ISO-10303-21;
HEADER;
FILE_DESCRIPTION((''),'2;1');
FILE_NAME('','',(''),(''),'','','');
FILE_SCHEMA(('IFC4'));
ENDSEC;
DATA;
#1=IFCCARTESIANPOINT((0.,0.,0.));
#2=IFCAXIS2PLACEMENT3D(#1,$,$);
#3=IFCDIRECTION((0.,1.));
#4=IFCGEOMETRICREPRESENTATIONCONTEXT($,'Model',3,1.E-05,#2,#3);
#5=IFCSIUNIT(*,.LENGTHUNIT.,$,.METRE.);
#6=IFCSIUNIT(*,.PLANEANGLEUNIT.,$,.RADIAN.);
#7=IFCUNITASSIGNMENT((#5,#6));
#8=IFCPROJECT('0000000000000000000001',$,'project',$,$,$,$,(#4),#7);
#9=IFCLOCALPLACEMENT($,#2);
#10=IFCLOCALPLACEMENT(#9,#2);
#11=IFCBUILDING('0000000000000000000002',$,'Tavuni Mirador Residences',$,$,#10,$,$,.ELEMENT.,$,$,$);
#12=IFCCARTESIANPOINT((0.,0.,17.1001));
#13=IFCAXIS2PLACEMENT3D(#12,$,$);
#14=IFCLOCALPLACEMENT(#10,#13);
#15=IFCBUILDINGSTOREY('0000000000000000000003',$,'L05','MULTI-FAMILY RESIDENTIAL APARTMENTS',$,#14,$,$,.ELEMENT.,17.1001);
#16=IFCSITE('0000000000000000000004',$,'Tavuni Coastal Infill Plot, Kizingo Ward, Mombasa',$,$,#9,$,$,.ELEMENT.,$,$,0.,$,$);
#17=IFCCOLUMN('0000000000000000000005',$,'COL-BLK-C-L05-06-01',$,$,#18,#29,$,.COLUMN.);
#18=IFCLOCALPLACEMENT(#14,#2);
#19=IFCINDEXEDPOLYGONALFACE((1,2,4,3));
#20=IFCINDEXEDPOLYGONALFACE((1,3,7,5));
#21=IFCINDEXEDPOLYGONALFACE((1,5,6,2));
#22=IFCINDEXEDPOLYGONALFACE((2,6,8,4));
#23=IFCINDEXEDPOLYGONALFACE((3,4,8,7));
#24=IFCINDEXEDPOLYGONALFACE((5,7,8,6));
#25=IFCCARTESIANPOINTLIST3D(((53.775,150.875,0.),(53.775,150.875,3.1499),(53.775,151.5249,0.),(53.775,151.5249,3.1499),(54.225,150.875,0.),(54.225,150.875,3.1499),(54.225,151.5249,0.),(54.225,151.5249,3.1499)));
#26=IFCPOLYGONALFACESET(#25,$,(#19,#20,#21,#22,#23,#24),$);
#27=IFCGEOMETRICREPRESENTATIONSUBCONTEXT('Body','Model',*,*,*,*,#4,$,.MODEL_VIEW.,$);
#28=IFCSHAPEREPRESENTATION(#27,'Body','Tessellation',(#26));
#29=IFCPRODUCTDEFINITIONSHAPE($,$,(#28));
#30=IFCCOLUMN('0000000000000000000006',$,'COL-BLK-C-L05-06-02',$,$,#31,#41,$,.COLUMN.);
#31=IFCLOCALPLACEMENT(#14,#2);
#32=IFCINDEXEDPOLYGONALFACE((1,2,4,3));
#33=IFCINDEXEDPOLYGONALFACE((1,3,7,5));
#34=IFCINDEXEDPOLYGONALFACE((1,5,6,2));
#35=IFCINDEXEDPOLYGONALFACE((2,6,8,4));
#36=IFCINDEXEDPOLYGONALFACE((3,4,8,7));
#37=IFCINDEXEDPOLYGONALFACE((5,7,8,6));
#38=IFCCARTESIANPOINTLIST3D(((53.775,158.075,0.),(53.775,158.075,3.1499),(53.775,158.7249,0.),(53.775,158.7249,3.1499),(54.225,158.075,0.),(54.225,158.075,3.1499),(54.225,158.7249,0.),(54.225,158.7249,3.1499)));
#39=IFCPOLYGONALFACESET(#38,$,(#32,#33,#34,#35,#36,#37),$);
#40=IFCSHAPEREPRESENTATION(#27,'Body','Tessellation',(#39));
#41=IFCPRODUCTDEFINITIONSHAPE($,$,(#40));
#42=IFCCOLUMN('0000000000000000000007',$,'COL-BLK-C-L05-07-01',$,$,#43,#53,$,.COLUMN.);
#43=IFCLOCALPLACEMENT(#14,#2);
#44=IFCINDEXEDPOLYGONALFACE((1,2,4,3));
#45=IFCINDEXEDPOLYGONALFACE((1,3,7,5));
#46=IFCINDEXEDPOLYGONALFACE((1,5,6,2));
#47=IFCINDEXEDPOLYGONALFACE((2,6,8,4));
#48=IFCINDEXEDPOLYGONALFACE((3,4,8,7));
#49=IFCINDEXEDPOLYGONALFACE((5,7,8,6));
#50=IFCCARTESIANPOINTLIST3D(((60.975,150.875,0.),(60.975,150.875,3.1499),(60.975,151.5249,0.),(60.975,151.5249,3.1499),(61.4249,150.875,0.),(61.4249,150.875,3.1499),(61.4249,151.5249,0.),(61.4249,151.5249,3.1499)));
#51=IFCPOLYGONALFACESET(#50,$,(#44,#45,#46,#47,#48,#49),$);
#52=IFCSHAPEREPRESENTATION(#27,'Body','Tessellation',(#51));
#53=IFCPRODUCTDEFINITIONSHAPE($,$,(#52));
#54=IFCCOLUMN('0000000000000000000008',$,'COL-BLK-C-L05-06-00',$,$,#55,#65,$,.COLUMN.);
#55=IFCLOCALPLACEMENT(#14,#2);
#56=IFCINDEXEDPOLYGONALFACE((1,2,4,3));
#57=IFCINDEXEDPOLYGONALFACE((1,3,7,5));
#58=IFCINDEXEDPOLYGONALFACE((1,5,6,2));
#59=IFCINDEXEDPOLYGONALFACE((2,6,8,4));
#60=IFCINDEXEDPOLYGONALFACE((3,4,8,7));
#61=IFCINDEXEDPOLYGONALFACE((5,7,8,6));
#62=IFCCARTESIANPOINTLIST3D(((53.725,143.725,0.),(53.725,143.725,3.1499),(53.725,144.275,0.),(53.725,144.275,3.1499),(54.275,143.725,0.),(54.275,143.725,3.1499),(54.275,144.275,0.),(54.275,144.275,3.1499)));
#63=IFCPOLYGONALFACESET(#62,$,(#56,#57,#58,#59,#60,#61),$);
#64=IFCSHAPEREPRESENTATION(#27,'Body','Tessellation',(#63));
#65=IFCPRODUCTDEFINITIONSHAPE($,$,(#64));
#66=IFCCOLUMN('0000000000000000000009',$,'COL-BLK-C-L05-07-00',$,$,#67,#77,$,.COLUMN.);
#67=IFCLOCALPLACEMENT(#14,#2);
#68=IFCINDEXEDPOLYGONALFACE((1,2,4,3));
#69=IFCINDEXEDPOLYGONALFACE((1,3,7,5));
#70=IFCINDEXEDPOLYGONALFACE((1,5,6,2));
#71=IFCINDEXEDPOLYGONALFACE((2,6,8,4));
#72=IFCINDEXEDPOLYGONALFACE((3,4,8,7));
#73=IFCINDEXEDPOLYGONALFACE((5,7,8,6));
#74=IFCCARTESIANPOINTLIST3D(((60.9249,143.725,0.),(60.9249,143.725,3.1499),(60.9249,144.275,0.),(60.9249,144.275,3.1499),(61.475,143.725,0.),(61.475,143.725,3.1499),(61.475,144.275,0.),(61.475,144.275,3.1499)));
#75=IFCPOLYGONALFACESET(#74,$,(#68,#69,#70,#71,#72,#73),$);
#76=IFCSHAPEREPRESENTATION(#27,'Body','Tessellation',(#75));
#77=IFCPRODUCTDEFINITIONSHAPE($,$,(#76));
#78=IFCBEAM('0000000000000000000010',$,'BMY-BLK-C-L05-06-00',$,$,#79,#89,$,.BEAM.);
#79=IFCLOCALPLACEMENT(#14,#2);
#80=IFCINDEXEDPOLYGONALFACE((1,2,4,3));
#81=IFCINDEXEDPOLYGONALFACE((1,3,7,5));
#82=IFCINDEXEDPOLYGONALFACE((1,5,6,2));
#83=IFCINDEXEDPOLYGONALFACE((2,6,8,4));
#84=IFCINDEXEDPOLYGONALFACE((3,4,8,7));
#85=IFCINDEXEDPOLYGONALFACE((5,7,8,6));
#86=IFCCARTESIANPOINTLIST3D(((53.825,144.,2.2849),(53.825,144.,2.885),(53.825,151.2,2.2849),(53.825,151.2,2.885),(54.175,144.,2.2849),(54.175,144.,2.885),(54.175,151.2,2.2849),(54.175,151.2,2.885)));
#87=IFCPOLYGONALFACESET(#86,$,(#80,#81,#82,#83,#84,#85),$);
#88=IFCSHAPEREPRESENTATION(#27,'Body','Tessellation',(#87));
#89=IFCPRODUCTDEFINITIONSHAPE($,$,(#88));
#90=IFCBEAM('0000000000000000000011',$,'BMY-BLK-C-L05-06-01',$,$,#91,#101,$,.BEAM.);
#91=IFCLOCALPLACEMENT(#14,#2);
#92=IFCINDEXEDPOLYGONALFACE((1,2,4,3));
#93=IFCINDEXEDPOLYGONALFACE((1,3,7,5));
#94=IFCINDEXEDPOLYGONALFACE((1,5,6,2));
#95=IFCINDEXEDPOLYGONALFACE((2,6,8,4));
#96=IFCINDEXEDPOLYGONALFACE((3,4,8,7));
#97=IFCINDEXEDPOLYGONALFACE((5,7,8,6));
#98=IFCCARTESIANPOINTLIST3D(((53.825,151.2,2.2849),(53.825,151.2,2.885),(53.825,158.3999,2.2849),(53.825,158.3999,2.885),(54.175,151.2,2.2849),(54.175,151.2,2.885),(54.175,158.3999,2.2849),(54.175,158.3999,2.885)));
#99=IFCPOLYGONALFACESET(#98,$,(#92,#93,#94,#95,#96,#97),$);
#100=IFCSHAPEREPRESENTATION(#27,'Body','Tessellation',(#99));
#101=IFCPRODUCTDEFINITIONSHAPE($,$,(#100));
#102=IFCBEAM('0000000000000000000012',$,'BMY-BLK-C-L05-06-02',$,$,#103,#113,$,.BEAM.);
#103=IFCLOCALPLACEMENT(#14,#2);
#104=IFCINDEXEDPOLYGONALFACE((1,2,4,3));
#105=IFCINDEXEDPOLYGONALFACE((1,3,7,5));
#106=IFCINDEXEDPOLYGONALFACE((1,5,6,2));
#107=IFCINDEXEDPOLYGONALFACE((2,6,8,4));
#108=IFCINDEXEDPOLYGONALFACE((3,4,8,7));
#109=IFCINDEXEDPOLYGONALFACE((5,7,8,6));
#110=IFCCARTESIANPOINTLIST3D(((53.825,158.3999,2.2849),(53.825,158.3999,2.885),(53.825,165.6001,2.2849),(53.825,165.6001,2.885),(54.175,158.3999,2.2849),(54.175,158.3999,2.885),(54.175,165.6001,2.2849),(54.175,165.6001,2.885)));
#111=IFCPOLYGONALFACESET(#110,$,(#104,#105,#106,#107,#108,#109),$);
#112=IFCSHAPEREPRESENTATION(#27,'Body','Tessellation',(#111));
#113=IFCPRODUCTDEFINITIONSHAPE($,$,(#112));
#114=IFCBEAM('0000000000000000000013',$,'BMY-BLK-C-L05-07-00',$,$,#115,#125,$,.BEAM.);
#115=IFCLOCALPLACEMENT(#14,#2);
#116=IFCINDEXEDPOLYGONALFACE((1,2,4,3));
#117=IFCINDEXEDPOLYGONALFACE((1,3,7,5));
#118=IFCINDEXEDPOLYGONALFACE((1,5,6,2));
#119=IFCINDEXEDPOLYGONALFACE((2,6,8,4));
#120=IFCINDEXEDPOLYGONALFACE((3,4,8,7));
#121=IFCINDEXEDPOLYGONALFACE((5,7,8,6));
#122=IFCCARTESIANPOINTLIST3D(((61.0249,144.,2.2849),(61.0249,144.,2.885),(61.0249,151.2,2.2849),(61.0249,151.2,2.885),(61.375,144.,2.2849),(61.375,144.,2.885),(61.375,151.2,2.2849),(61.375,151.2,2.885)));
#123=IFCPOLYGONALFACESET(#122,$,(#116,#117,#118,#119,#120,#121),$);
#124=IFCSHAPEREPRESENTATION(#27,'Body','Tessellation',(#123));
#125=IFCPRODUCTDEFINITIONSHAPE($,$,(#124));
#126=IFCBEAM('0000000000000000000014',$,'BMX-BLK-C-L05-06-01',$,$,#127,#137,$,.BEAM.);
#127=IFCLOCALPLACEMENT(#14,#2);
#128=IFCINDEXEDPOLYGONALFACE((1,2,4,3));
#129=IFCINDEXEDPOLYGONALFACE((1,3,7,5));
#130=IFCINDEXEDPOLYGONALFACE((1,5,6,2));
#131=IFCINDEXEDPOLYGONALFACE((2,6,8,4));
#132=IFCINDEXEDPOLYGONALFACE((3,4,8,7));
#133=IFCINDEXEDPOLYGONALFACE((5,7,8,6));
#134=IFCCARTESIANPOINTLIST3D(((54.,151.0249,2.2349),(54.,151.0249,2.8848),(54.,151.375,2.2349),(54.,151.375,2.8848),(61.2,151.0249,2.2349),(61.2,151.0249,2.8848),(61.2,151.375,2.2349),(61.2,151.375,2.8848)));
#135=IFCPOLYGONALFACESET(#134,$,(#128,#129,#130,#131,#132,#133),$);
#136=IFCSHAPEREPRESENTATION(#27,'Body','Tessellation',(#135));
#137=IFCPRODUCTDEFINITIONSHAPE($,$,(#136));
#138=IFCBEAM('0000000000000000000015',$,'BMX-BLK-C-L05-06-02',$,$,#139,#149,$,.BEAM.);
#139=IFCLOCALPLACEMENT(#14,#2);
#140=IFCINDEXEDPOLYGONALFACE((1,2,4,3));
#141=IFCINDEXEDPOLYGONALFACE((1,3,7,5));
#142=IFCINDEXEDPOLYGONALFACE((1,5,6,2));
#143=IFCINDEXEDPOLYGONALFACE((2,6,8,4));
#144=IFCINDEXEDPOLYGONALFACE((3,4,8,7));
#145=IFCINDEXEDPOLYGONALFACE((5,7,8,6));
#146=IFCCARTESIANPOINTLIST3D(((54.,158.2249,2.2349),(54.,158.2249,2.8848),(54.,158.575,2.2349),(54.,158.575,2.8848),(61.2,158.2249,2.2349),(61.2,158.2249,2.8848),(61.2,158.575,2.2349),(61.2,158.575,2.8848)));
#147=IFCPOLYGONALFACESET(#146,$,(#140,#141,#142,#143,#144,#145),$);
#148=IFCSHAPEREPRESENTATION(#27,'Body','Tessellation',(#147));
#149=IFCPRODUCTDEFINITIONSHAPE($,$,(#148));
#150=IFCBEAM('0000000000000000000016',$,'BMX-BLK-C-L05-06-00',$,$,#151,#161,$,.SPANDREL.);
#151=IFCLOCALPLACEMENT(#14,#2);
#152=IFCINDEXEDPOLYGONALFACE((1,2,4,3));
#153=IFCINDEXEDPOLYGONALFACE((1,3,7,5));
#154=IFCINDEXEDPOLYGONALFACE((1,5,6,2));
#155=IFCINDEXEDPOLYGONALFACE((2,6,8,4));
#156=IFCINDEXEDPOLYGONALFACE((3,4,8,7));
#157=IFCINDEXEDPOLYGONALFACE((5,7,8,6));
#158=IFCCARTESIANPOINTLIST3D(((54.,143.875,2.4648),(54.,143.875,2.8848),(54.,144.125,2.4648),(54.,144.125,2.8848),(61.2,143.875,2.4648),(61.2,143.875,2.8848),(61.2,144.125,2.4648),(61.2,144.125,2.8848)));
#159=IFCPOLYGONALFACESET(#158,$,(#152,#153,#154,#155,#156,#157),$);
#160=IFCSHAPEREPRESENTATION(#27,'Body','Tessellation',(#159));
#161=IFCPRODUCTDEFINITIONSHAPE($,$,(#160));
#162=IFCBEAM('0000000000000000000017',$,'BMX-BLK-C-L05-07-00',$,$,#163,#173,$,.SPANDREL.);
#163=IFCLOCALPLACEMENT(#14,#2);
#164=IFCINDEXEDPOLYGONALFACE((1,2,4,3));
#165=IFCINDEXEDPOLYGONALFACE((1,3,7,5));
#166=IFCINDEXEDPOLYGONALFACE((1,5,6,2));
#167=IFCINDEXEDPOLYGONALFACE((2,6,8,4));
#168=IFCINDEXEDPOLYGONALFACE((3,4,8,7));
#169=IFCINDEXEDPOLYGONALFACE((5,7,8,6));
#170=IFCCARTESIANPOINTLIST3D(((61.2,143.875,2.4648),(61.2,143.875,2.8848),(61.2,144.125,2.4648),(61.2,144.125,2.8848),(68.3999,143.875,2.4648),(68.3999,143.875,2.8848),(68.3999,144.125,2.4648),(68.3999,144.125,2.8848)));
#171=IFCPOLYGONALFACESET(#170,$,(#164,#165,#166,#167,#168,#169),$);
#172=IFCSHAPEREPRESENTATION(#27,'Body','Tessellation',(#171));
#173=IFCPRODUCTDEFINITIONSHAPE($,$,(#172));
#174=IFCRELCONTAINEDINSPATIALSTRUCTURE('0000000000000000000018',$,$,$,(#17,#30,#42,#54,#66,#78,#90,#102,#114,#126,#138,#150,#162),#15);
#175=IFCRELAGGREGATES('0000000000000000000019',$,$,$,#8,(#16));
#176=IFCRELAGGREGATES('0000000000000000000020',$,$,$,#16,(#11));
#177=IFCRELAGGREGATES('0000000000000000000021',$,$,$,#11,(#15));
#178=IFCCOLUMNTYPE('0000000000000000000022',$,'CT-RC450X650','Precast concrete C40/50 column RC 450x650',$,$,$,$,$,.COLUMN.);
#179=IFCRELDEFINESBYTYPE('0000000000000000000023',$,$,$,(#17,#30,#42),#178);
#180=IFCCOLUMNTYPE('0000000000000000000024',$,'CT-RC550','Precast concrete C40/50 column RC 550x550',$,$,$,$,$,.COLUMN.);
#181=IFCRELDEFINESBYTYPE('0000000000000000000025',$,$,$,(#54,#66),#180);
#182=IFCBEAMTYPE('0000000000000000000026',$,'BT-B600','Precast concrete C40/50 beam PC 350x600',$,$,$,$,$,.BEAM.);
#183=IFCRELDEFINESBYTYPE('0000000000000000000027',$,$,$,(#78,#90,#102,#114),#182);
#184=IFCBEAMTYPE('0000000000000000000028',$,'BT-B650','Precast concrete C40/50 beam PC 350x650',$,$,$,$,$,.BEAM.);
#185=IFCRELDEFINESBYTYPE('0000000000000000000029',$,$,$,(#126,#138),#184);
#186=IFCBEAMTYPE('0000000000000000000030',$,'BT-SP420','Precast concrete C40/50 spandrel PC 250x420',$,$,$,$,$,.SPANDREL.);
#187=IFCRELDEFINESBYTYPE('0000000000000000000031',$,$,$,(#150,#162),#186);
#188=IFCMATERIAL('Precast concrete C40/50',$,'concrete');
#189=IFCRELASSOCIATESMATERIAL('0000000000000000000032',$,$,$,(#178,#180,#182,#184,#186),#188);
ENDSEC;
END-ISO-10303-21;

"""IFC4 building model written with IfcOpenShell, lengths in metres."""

from ifc_helpers import new_model, si_unit, direction, frame, origin, origin_2d, place, context, subcontext, project, spatial, rectangle, extrude, material, material_profile, profile_set, type_object, element, save


model = new_model("IFC4")

# Units and contexts
model_context = context("Model", 3, precision=1e-05, world=origin(), true_north=direction((0.0, 1.0)))
body_context = subcontext(model_context, "Body", "Model", "MODEL_VIEW")
ifc_project = project(units=[si_unit("LENGTHUNIT", "METRE"), si_unit("PLANEANGLEUNIT", "RADIAN")], contexts=[model_context])

# Site, building, storey
site_placement = place(None, origin())
site = spatial("IfcSite", under=ifc_project, at=site_placement, Name="Tavuni Coastal Infill Plot, Kizingo Ward, Mombasa", CompositionType="ELEMENT", RefElevation=0.0)
building_placement = place(site_placement, origin())
building = spatial("IfcBuilding", under=site, at=building_placement, Name="Tavuni Mirador Residences", CompositionType="ELEMENT")
storey_placement = place(building_placement, frame((0.0, 0.0, 17.1001)))
storey = spatial("IfcBuildingStorey", under=building, at=storey_placement, Name="L05", Description="MULTI-FAMILY RESIDENTIAL APARTMENTS", CompositionType="ELEMENT", Elevation=17.1001)

# Columns
ifc_material_1 = material(Name="Precast concrete C40/50", Category="concrete")
ifc_material_profile_1 = material_profile(ifc_material_1, rectangle(XDim=0.45, YDim=0.6499, at=origin_2d()), Name="RC 450x650", Category="concrete")
ifc_profile_set_1 = profile_set([ifc_material_profile_1], Name="Precast concrete C40/50")
column_type_1 = type_object("IfcColumnType", Name="CT-RC450X650", Description="Precast concrete C40/50 column RC 450x650", PredefinedType="COLUMN", material=ifc_profile_set_1)
for number, where, z_axis, x_axis, name in (
    (1, (54.0, 151.2, 0.0), (0.0, 0.0, 1.0), (1.0, 0.0, 0.0), "COL-BLK-C-L05-06-01"),
    (2, (54.0, 158.3999, 0.0), (0.0, 0.0, 1.0), (1.0, 0.0, 0.0), "COL-BLK-C-L05-06-02"),
    (3, (61.2, 151.2, 0.0), (0.0, 0.0, 1.0), (1.0, 0.0, 0.0), "COL-BLK-C-L05-07-01"),
):
    element("IfcColumn", number, at=place(storey_placement, frame(where, z_axis=z_axis, x_axis=x_axis)), inside=storey, type_object=column_type_1, Name=name, PredefinedType="COLUMN", context=body_context, shape_type="SweptSolid", body=[
        extrude(rectangle(XDim=0.45, YDim=0.6499, at=origin_2d()), origin(), (0.0, 0.0, 1.0), 3.1499),
    ])
ifc_material_profile_2 = material_profile(ifc_material_1, rectangle(XDim=0.55, YDim=0.55, at=origin_2d()), Name="RC 550x550", Category="concrete")
ifc_profile_set_2 = profile_set([ifc_material_profile_2], Name="Precast concrete C40/50")
column_type_2 = type_object("IfcColumnType", Name="CT-RC550", Description="Precast concrete C40/50 column RC 550x550", PredefinedType="COLUMN", material=ifc_profile_set_2)
for number, where, z_axis, x_axis, name in (
    (4, (54.0, 144.0, 0.0), (0.0, 0.0, 1.0), (1.0, 0.0, 0.0), "COL-BLK-C-L05-06-00"),
    (5, (61.2, 144.0, 0.0), (0.0, 0.0, 1.0), (1.0, 0.0, 0.0), "COL-BLK-C-L05-07-00"),
):
    element("IfcColumn", number, at=place(storey_placement, frame(where, z_axis=z_axis, x_axis=x_axis)), inside=storey, type_object=column_type_2, Name=name, PredefinedType="COLUMN", context=body_context, shape_type="SweptSolid", body=[
        extrude(rectangle(XDim=0.55, YDim=0.55, at=origin_2d()), origin(), (0.0, 0.0, 1.0), 3.1499),
    ])

# Beams
ifc_material_profile_3 = material_profile(ifc_material_1, rectangle(XDim=0.3501, YDim=0.6001, at=origin_2d()), Name="PC 350x600", Category="concrete")
ifc_profile_set_3 = profile_set([ifc_material_profile_3], Name="Precast concrete C40/50")
beam_type_1 = type_object("IfcBeamType", Name="BT-B600", Description="Precast concrete C40/50 beam PC 350x600", PredefinedType="BEAM", material=ifc_profile_set_3)
for number, where, z_axis, x_axis, name in (
    (6, (54.0, 144.0, 2.585), (0.0, 1.0, 0.0), (-1.0, 0.0, 0.0), "BMY-BLK-C-L05-06-00"),
    (7, (54.0, 151.2, 2.585), (0.0, 1.0, 0.0), (-1.0, 0.0, 0.0), "BMY-BLK-C-L05-06-01"),
):
    element("IfcBeam", number, at=place(storey_placement, frame(where, z_axis=z_axis, x_axis=x_axis)), inside=storey, type_object=beam_type_1, Name=name, PredefinedType="BEAM", context=body_context, shape_type="SweptSolid", body=[
        extrude(rectangle(XDim=0.3501, YDim=0.6001, at=origin_2d()), origin(), (0.0, 0.0, 1.0), 7.2),
    ])
beam_1_placement = place(storey_placement, frame((54.0, 158.3999, 2.585), z_axis=(0.0, 1.0, 0.0), x_axis=(-1.0, 0.0, 0.0)))
element("IfcBeam", 8, at=beam_1_placement, inside=storey, type_object=beam_type_1, Name="BMY-BLK-C-L05-06-02", PredefinedType="BEAM", context=body_context, shape_type="SweptSolid", body=[
    extrude(rectangle(XDim=0.3501, YDim=0.6001, at=origin_2d()), origin(), (0.0, 0.0, 1.0), 7.2002),
])
beam_2_placement = place(storey_placement, frame((61.2, 144.0, 2.585), z_axis=(0.0, 1.0, 0.0), x_axis=(-1.0, 0.0, 0.0)))
element("IfcBeam", 9, at=beam_2_placement, inside=storey, type_object=beam_type_1, Name="BMY-BLK-C-L05-07-00", PredefinedType="BEAM", context=body_context, shape_type="SweptSolid", body=[
    extrude(rectangle(XDim=0.3501, YDim=0.6001, at=origin_2d()), origin(), (0.0, 0.0, 1.0), 7.2),
])
ifc_material_profile_4 = material_profile(ifc_material_1, rectangle(XDim=0.3501, YDim=0.6499, at=origin_2d()), Name="PC 350x650", Category="concrete")
ifc_profile_set_4 = profile_set([ifc_material_profile_4], Name="Precast concrete C40/50")
beam_type_2 = type_object("IfcBeamType", Name="BT-B650", Description="Precast concrete C40/50 beam PC 350x650", PredefinedType="BEAM", material=ifc_profile_set_4)
for number, where, z_axis, x_axis, name in (
    (10, (54.0, 151.2, 2.5598), (1.0, 0.0, 0.0), (0.0, 1.0, 0.0), "BMX-BLK-C-L05-06-01"),
    (11, (54.0, 158.3999, 2.5598), (1.0, 0.0, 0.0), (0.0, 1.0, 0.0), "BMX-BLK-C-L05-06-02"),
):
    element("IfcBeam", number, at=place(storey_placement, frame(where, z_axis=z_axis, x_axis=x_axis)), inside=storey, type_object=beam_type_2, Name=name, PredefinedType="BEAM", context=body_context, shape_type="SweptSolid", body=[
        extrude(rectangle(XDim=0.3501, YDim=0.6499, at=origin_2d()), origin(), (0.0, 0.0, 1.0), 7.2),
    ])
ifc_material_profile_5 = material_profile(ifc_material_1, rectangle(XDim=0.25, YDim=0.4199, at=origin_2d()), Name="PC 250x420", Category="concrete")
ifc_profile_set_5 = profile_set([ifc_material_profile_5], Name="Precast concrete C40/50")
beam_type_3 = type_object("IfcBeamType", Name="BT-SP420", Description="Precast concrete C40/50 spandrel PC 250x420", PredefinedType="SPANDREL", material=ifc_profile_set_5)
for number, where, z_axis, x_axis, name in (
    (12, (54.0, 144.0, 2.6748), (1.0, 0.0, 0.0), (0.0, 1.0, 0.0), "BMX-BLK-C-L05-06-00"),
    (13, (61.2, 144.0, 2.6748), (1.0, 0.0, 0.0), (0.0, 1.0, 0.0), "BMX-BLK-C-L05-07-00"),
):
    element("IfcBeam", number, at=place(storey_placement, frame(where, z_axis=z_axis, x_axis=x_axis)), inside=storey, type_object=beam_type_3, Name=name, PredefinedType="SPANDREL", context=body_context, shape_type="SweptSolid", body=[
        extrude(rectangle(XDim=0.25, YDim=0.4199, at=origin_2d()), origin(), (0.0, 0.0, 1.0), 7.2),
    ])

save(model, "model.ifc")
